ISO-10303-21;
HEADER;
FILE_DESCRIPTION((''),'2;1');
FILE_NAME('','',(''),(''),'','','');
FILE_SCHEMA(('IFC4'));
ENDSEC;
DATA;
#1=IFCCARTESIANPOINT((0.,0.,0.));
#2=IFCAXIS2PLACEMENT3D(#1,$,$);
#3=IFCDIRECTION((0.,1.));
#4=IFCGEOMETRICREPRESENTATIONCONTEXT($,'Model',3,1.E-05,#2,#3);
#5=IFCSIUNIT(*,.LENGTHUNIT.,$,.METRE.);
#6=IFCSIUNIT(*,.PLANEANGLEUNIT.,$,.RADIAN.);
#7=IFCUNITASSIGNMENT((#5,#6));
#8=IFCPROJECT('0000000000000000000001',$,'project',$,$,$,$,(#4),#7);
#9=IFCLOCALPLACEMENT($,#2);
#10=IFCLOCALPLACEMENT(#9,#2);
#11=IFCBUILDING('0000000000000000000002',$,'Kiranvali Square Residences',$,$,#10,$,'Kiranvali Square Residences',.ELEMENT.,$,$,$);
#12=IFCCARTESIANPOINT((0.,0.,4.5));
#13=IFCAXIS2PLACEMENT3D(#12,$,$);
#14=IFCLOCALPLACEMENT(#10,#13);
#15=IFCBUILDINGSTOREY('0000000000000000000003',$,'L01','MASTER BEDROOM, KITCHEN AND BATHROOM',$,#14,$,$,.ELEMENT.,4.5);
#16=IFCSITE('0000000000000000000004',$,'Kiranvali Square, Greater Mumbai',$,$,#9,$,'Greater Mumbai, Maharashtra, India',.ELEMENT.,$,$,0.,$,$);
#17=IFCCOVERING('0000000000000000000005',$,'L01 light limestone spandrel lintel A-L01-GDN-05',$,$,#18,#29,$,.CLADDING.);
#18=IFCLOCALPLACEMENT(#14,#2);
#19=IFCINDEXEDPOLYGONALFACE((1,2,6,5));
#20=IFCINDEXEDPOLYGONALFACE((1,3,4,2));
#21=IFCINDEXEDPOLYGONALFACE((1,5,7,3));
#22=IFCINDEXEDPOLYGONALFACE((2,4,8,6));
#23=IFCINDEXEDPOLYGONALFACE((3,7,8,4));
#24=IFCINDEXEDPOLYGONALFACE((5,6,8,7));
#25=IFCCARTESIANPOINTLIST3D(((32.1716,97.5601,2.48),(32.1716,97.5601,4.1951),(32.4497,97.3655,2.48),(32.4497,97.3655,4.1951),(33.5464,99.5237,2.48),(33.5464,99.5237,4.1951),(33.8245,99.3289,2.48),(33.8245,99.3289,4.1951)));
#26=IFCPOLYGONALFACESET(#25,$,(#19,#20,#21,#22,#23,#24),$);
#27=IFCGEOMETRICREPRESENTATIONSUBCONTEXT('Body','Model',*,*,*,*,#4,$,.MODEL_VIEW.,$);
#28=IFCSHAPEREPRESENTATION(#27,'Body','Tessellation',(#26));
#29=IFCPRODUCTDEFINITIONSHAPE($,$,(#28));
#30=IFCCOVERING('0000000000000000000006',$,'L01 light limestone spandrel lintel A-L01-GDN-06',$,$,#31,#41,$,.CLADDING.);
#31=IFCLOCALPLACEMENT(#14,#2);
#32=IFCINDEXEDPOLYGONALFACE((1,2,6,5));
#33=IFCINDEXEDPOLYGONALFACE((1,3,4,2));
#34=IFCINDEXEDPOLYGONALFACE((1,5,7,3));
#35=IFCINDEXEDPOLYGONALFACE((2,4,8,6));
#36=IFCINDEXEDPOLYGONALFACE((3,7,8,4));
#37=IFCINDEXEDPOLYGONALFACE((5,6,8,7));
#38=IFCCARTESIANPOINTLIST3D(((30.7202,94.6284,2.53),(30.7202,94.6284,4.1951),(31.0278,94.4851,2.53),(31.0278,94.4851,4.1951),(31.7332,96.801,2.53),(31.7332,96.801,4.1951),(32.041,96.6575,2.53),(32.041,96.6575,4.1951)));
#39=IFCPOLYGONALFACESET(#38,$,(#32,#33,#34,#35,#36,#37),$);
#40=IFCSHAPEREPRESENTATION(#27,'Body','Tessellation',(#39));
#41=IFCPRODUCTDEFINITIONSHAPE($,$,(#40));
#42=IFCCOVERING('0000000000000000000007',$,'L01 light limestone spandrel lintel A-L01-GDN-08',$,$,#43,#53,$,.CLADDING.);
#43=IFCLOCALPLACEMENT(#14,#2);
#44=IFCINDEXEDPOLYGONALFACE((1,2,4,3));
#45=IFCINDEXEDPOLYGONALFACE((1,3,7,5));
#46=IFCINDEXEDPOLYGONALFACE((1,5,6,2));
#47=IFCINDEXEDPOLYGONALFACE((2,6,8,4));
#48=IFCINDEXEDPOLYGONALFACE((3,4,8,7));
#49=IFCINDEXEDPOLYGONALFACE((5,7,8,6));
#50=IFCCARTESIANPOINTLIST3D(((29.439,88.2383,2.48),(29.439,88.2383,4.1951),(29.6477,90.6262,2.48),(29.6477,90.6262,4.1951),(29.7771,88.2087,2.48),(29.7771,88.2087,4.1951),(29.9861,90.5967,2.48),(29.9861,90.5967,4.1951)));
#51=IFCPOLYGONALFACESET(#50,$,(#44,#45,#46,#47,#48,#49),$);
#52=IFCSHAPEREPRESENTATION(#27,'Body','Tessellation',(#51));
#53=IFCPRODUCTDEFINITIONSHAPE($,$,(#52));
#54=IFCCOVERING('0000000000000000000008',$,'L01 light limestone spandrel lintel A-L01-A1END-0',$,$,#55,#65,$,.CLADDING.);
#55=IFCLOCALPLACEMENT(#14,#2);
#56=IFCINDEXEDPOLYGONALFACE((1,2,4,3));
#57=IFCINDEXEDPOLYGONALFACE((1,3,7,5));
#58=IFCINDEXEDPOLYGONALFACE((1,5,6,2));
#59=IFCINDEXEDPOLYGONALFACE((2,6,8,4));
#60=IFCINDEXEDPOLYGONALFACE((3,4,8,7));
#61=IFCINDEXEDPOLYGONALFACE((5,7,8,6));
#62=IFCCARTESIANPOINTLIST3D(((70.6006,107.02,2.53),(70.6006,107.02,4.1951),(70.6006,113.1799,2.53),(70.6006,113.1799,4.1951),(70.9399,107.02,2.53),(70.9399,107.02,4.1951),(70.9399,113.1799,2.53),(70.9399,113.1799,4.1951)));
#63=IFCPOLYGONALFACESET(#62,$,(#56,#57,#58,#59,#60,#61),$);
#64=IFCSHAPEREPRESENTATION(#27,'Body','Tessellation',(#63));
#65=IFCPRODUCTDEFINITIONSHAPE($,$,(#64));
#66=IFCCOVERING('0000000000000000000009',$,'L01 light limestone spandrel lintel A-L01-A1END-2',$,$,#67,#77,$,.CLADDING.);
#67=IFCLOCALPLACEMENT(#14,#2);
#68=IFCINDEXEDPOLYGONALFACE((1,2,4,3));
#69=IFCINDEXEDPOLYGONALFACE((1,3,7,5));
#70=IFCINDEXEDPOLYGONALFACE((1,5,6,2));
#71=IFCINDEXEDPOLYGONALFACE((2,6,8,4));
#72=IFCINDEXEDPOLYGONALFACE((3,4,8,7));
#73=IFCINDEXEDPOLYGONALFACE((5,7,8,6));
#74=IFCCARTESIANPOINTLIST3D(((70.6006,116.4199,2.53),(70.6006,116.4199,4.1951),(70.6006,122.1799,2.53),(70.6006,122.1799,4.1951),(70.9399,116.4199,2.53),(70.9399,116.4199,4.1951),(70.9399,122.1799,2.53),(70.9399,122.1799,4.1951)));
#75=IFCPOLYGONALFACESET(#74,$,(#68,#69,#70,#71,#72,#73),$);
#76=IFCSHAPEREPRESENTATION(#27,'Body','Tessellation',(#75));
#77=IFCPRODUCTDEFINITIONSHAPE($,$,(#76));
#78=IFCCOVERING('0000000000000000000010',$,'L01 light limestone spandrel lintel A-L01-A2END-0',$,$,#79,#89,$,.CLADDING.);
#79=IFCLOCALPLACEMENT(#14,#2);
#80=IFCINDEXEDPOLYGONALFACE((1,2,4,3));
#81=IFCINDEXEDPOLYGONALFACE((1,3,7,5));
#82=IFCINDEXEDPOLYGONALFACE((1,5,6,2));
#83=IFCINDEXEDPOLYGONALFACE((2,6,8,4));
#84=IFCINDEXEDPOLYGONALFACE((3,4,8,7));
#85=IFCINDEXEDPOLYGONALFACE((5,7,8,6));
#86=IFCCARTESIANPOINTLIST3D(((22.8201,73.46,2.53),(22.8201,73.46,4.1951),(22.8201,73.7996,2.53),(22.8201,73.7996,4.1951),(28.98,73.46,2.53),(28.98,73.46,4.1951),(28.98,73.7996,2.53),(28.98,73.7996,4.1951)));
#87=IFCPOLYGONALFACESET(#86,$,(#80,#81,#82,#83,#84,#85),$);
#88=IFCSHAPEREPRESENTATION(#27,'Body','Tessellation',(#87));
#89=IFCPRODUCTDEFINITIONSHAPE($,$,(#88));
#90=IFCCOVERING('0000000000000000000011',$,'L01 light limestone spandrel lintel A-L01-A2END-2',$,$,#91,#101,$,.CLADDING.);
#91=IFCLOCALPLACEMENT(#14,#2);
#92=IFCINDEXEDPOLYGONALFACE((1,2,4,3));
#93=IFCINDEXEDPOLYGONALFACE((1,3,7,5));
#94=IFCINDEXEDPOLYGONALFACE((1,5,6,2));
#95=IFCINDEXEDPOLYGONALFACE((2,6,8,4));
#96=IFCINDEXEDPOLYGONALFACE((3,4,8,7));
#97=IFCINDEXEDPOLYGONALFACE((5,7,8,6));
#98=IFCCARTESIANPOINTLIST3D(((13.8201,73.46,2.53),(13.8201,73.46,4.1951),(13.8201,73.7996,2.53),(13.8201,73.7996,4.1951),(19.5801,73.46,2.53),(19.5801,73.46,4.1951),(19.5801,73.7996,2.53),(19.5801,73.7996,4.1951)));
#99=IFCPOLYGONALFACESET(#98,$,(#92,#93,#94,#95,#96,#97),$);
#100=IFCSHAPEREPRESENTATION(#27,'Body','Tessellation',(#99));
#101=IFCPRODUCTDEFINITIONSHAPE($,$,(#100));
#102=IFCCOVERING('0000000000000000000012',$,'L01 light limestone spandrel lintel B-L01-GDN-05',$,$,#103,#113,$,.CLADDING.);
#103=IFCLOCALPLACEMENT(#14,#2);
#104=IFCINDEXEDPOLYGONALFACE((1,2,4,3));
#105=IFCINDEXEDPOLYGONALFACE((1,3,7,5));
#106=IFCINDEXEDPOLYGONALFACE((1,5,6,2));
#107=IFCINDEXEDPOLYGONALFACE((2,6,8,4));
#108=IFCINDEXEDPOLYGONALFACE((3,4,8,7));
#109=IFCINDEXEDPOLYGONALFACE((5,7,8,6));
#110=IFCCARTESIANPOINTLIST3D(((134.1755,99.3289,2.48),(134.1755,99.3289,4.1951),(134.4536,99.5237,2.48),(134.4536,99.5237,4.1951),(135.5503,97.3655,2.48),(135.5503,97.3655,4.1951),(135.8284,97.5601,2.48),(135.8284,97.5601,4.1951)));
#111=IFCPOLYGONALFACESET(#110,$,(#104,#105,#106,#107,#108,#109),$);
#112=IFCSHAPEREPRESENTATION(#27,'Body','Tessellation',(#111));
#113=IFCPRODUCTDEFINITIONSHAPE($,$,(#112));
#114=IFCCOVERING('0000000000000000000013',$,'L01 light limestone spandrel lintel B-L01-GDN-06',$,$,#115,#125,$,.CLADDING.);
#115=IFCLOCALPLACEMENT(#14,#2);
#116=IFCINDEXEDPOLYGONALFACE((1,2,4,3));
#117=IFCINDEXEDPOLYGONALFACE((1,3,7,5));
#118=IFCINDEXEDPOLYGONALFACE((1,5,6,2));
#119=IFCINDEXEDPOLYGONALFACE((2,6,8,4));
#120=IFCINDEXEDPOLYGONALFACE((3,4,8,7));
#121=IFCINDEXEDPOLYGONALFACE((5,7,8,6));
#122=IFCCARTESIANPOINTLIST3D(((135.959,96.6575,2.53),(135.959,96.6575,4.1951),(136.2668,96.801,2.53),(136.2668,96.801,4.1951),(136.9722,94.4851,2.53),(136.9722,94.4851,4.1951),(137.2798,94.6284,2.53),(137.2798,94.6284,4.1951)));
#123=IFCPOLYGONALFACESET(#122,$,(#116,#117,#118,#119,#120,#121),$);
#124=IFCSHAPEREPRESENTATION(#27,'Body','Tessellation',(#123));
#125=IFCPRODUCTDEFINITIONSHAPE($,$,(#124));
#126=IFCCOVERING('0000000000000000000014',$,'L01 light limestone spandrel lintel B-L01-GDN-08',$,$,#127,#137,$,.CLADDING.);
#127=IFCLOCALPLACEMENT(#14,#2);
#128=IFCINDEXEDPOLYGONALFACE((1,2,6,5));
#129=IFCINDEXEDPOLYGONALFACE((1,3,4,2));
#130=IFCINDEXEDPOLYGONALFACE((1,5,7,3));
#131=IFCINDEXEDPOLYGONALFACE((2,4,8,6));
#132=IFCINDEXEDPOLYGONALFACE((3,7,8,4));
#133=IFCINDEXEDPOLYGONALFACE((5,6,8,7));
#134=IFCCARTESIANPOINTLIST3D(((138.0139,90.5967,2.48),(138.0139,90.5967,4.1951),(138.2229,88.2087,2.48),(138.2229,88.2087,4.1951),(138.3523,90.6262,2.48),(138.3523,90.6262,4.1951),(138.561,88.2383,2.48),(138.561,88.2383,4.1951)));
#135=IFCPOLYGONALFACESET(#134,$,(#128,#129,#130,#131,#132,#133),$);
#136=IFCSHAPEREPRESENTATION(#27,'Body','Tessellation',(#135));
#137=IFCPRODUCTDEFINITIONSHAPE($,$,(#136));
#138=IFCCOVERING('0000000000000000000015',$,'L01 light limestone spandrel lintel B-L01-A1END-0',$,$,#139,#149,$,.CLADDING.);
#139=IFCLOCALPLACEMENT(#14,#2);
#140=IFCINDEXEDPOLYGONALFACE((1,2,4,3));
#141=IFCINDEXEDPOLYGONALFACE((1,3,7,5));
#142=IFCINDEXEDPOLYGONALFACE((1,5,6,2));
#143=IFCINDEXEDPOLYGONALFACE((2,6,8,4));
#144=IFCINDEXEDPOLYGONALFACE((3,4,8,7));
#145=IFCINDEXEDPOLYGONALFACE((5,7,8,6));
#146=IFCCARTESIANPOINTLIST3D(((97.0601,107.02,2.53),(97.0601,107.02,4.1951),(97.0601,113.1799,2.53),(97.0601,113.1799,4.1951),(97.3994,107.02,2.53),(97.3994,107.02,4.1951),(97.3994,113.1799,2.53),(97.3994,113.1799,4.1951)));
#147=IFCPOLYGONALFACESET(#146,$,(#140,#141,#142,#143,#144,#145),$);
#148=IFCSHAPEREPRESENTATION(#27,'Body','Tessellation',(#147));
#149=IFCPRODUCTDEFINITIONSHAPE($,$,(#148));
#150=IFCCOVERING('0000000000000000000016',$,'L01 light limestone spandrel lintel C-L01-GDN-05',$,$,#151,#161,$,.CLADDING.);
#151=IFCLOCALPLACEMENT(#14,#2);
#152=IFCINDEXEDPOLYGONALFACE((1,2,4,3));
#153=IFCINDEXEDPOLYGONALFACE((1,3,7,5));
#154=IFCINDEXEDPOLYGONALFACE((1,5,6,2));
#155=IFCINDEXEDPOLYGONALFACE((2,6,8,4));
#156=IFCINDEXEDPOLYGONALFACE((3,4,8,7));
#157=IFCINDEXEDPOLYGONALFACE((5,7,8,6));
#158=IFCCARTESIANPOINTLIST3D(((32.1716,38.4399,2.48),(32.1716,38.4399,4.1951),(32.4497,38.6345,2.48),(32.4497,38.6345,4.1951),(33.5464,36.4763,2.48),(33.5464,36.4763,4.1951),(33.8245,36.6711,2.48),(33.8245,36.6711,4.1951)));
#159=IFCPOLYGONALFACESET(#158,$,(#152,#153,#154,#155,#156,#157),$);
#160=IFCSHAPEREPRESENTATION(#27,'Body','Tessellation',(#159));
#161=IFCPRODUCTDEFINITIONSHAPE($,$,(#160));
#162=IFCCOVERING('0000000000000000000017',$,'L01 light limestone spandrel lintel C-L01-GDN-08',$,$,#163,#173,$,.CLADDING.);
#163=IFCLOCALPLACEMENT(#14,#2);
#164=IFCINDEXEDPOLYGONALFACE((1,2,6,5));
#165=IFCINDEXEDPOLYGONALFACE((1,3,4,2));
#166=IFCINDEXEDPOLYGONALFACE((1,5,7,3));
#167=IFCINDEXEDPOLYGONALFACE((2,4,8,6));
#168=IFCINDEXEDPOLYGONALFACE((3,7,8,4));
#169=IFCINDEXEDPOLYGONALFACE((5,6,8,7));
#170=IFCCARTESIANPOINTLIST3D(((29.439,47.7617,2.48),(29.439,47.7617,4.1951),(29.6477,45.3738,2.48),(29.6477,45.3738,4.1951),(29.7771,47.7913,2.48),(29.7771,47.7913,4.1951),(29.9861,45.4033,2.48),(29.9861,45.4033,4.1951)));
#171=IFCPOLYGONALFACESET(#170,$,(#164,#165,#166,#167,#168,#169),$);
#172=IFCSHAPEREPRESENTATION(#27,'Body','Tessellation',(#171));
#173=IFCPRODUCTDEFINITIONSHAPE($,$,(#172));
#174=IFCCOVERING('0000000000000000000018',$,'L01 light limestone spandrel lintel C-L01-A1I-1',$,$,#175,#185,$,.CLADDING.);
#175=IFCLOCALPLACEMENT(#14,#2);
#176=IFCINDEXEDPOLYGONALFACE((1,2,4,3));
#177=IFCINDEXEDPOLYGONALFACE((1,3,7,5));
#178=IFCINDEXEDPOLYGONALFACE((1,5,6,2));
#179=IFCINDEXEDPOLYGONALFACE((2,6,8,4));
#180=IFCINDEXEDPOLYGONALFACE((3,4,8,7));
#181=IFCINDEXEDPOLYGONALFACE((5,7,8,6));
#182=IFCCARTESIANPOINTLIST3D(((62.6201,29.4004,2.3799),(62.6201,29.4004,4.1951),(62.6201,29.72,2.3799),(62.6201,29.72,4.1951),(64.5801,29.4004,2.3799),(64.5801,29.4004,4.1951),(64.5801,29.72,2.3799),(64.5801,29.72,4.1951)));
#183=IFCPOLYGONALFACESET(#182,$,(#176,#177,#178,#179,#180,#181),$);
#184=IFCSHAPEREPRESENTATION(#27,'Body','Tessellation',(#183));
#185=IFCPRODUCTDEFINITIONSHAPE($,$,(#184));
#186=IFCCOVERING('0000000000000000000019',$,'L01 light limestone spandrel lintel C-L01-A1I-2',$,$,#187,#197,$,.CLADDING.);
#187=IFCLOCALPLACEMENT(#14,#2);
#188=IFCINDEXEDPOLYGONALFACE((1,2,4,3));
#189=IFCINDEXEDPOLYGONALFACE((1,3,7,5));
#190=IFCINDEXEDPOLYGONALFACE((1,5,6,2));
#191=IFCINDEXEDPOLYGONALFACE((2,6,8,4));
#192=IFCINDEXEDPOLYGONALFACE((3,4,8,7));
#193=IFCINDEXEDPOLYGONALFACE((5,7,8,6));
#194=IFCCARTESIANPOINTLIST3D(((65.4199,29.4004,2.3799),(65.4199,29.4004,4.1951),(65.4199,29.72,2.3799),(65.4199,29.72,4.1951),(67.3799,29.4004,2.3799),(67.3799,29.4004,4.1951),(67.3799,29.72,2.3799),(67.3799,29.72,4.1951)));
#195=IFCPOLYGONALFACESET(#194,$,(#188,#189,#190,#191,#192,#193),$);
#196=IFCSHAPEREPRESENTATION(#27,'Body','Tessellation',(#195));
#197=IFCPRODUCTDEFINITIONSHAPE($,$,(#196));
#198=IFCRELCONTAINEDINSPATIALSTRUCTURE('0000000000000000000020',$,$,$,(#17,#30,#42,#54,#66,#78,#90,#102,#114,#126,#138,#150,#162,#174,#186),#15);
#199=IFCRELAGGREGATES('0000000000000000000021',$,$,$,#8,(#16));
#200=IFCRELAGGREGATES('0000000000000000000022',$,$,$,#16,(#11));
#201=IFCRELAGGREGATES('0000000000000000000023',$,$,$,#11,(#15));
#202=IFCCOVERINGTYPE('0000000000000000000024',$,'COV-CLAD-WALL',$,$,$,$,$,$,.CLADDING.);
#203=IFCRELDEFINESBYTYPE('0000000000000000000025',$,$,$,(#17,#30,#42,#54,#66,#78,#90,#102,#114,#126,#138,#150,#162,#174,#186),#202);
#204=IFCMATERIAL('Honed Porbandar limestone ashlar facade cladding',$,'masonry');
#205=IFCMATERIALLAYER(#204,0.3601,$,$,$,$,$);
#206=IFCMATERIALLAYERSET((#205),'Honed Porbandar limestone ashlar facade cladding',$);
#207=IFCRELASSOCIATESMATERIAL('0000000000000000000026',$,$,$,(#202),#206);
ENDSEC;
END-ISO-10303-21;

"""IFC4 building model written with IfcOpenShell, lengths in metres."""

from ifc_helpers import new_model, si_unit, direction, frame, origin, place, context, subcontext, project, spatial, polyline, outline, extrude, material, layer, layer_set, type_object, element, save


model = new_model("IFC4")

# Units and contexts
model_context = context("Model", 3, precision=1e-05, world=origin(), true_north=direction((0.0, 1.0)))
body_context = subcontext(model_context, "Body", "Model", "MODEL_VIEW")
ifc_project = project(units=[si_unit("LENGTHUNIT", "METRE"), si_unit("PLANEANGLEUNIT", "RADIAN")], contexts=[model_context])

# Site, building, storey
site_placement = place(None, origin())
site = spatial("IfcSite", under=ifc_project, at=site_placement, Name="Kiranvali Square, Greater Mumbai", LongName="Greater Mumbai, Maharashtra, India", CompositionType="ELEMENT", RefElevation=0.0)
building_placement = place(site_placement, origin())
building = spatial("IfcBuilding", under=site, at=building_placement, Name="Kiranvali Square Residences", LongName="Kiranvali Square Residences", CompositionType="ELEMENT")
storey_placement = place(building_placement, frame((0.0, 0.0, 4.5)))
storey = spatial("IfcBuildingStorey", under=building, at=storey_placement, Name="L01", Description="MASTER BEDROOM, KITCHEN AND BATHROOM", CompositionType="ELEMENT", Elevation=4.5)

# Coverings
ifc_material = material(Name="Honed Porbandar limestone ashlar facade cladding", Category="masonry")
ifc_layer = layer(ifc_material, 0.3601)
ifc_layer_set = layer_set([ifc_layer], Name="Honed Porbandar limestone ashlar facade cladding")
covering_type = type_object("IfcCoveringType", Name="COV-CLAD-WALL", PredefinedType="CLADDING", material=ifc_layer_set)
covering_1_placement = place(storey_placement, frame((0.0, 0.0, 2.48)))
element("IfcCovering", 1, at=covering_1_placement, inside=storey, type_object=covering_type, Name="L01 light limestone spandrel lintel A-L01-GDN-05", PredefinedType="CLADDING", context=body_context, shape_type="SweptSolid", body=[
    extrude(outline(polyline([(33.5464, 99.5237), (32.1716, 97.5601), (32.4497, 97.3655), (33.8245, 99.3289), (33.5464, 99.5237)])), origin(), (0.0, 0.0, 1.0), 1.7151),
])
covering_2_placement = place(storey_placement, frame((0.0, 0.0, 2.53)))
element("IfcCovering", 2, at=covering_2_placement, inside=storey, type_object=covering_type, Name="L01 light limestone spandrel lintel A-L01-GDN-06", PredefinedType="CLADDING", context=body_context, shape_type="SweptSolid", body=[
    extrude(outline(polyline([(31.7332, 96.801), (30.7202, 94.6284), (31.0278, 94.4851), (32.041, 96.6575), (31.7332, 96.801)])), origin(), (0.0, 0.0, 1.0), 1.665),
])
covering_3_placement = place(storey_placement, frame((0.0, 0.0, 2.48)))
element("IfcCovering", 3, at=covering_3_placement, inside=storey, type_object=covering_type, Name="L01 light limestone spandrel lintel A-L01-GDN-08", PredefinedType="CLADDING", context=body_context, shape_type="SweptSolid", body=[
    extrude(outline(polyline([(29.6477, 90.6262), (29.439, 88.2383), (29.7771, 88.2087), (29.9861, 90.5967), (29.6477, 90.6262)])), origin(), (0.0, 0.0, 1.0), 1.7151),
])
covering_4_placement = place(storey_placement, frame((0.0, 0.0, 2.53)))
element("IfcCovering", 4, at=covering_4_placement, inside=storey, type_object=covering_type, Name="L01 light limestone spandrel lintel A-L01-A1END-0", PredefinedType="CLADDING", context=body_context, shape_type="SweptSolid", body=[
    extrude(outline(polyline([(70.9399, 107.02), (70.9399, 113.1799), (70.6006, 113.1799), (70.6006, 107.02), (70.9399, 107.02)])), origin(), (0.0, 0.0, 1.0), 1.665),
])
covering_5_placement = place(storey_placement, frame((0.0, 0.0, 2.53)))
element("IfcCovering", 5, at=covering_5_placement, inside=storey, type_object=covering_type, Name="L01 light limestone spandrel lintel A-L01-A1END-2", PredefinedType="CLADDING", context=body_context, shape_type="SweptSolid", body=[
    extrude(outline(polyline([(70.9399, 116.4199), (70.9399, 122.1799), (70.6006, 122.1799), (70.6006, 116.4199), (70.9399, 116.4199)])), origin(), (0.0, 0.0, 1.0), 1.665),
])
covering_6_placement = place(storey_placement, frame((0.0, 0.0, 2.53)))
element("IfcCovering", 6, at=covering_6_placement, inside=storey, type_object=covering_type, Name="L01 light limestone spandrel lintel A-L01-A2END-0", PredefinedType="CLADDING", context=body_context, shape_type="SweptSolid", body=[
    extrude(outline(polyline([(28.98, 73.7996), (22.8201, 73.7996), (22.8201, 73.46), (28.98, 73.46), (28.98, 73.7996)])), origin(), (0.0, 0.0, 1.0), 1.665),
])
covering_7_placement = place(storey_placement, frame((0.0, 0.0, 2.53)))
element("IfcCovering", 7, at=covering_7_placement, inside=storey, type_object=covering_type, Name="L01 light limestone spandrel lintel A-L01-A2END-2", PredefinedType="CLADDING", context=body_context, shape_type="SweptSolid", body=[
    extrude(outline(polyline([(19.5801, 73.7996), (13.8201, 73.7996), (13.8201, 73.46), (19.5801, 73.46), (19.5801, 73.7996)])), origin(), (0.0, 0.0, 1.0), 1.665),
])
covering_8_placement = place(storey_placement, frame((0.0, 0.0, 2.48)))
element("IfcCovering", 8, at=covering_8_placement, inside=storey, type_object=covering_type, Name="L01 light limestone spandrel lintel B-L01-GDN-05", PredefinedType="CLADDING", context=body_context, shape_type="SweptSolid", body=[
    extrude(outline(polyline([(134.1755, 99.3289), (135.5503, 97.3655), (135.8284, 97.5601), (134.4536, 99.5237), (134.1755, 99.3289)])), origin(), (0.0, 0.0, 1.0), 1.7151),
])
covering_9_placement = place(storey_placement, frame((0.0, 0.0, 2.53)))
element("IfcCovering", 9, at=covering_9_placement, inside=storey, type_object=covering_type, Name="L01 light limestone spandrel lintel B-L01-GDN-06", PredefinedType="CLADDING", context=body_context, shape_type="SweptSolid", body=[
    extrude(outline(polyline([(135.959, 96.6575), (136.9722, 94.4851), (137.2798, 94.6284), (136.2668, 96.801), (135.959, 96.6575)])), origin(), (0.0, 0.0, 1.0), 1.665),
])
covering_10_placement = place(storey_placement, frame((0.0, 0.0, 2.48)))
element("IfcCovering", 10, at=covering_10_placement, inside=storey, type_object=covering_type, Name="L01 light limestone spandrel lintel B-L01-GDN-08", PredefinedType="CLADDING", context=body_context, shape_type="SweptSolid", body=[
    extrude(outline(polyline([(138.0139, 90.5967), (138.2229, 88.2087), (138.561, 88.2383), (138.3523, 90.6262), (138.0139, 90.5967)])), origin(), (0.0, 0.0, 1.0), 1.7151),
])
covering_11_placement = place(storey_placement, frame((0.0, 0.0, 2.53)))
element("IfcCovering", 11, at=covering_11_placement, inside=storey, type_object=covering_type, Name="L01 light limestone spandrel lintel B-L01-A1END-0", PredefinedType="CLADDING", context=body_context, shape_type="SweptSolid", body=[
    extrude(outline(polyline([(97.3994, 107.02), (97.3994, 113.1799), (97.0601, 113.1799), (97.0601, 107.02), (97.3994, 107.02)])), origin(), (0.0, 0.0, 1.0), 1.665),
])
covering_12_placement = place(storey_placement, frame((0.0, 0.0, 2.48)))
element("IfcCovering", 12, at=covering_12_placement, inside=storey, type_object=covering_type, Name="L01 light limestone spandrel lintel C-L01-GDN-05", PredefinedType="CLADDING", context=body_context, shape_type="SweptSolid", body=[
    extrude(outline(polyline([(33.8245, 36.6711), (32.4497, 38.6345), (32.1716, 38.4399), (33.5464, 36.4763), (33.8245, 36.6711)])), origin(), (0.0, 0.0, 1.0), 1.7151),
])
covering_13_placement = place(storey_placement, frame((0.0, 0.0, 2.48)))
element("IfcCovering", 13, at=covering_13_placement, inside=storey, type_object=covering_type, Name="L01 light limestone spandrel lintel C-L01-GDN-08", PredefinedType="CLADDING", context=body_context, shape_type="SweptSolid", body=[
    extrude(outline(polyline([(29.9861, 45.4033), (29.7771, 47.7913), (29.439, 47.7617), (29.6477, 45.3738), (29.9861, 45.4033)])), origin(), (0.0, 0.0, 1.0), 1.7151),
])
covering_14_placement = place(storey_placement, frame((0.0, 0.0, 2.3799)))
element("IfcCovering", 14, at=covering_14_placement, inside=storey, type_object=covering_type, Name="L01 light limestone spandrel lintel C-L01-A1I-1", PredefinedType="CLADDING", context=body_context, shape_type="SweptSolid", body=[
    extrude(outline(polyline([(62.6201, 29.4004), (64.5801, 29.4004), (64.5801, 29.72), (62.6201, 29.72), (62.6201, 29.4004)])), origin(), (0.0, 0.0, 1.0), 1.8152),
])
covering_15_placement = place(storey_placement, frame((0.0, 0.0, 2.3799)))
element("IfcCovering", 15, at=covering_15_placement, inside=storey, type_object=covering_type, Name="L01 light limestone spandrel lintel C-L01-A1I-2", PredefinedType="CLADDING", context=body_context, shape_type="SweptSolid", body=[
    extrude(outline(polyline([(65.4199, 29.4004), (67.3799, 29.4004), (67.3799, 29.72), (65.4199, 29.72), (65.4199, 29.4004)])), origin(), (0.0, 0.0, 1.0), 1.8152),
])

save(model, "model.ifc")
